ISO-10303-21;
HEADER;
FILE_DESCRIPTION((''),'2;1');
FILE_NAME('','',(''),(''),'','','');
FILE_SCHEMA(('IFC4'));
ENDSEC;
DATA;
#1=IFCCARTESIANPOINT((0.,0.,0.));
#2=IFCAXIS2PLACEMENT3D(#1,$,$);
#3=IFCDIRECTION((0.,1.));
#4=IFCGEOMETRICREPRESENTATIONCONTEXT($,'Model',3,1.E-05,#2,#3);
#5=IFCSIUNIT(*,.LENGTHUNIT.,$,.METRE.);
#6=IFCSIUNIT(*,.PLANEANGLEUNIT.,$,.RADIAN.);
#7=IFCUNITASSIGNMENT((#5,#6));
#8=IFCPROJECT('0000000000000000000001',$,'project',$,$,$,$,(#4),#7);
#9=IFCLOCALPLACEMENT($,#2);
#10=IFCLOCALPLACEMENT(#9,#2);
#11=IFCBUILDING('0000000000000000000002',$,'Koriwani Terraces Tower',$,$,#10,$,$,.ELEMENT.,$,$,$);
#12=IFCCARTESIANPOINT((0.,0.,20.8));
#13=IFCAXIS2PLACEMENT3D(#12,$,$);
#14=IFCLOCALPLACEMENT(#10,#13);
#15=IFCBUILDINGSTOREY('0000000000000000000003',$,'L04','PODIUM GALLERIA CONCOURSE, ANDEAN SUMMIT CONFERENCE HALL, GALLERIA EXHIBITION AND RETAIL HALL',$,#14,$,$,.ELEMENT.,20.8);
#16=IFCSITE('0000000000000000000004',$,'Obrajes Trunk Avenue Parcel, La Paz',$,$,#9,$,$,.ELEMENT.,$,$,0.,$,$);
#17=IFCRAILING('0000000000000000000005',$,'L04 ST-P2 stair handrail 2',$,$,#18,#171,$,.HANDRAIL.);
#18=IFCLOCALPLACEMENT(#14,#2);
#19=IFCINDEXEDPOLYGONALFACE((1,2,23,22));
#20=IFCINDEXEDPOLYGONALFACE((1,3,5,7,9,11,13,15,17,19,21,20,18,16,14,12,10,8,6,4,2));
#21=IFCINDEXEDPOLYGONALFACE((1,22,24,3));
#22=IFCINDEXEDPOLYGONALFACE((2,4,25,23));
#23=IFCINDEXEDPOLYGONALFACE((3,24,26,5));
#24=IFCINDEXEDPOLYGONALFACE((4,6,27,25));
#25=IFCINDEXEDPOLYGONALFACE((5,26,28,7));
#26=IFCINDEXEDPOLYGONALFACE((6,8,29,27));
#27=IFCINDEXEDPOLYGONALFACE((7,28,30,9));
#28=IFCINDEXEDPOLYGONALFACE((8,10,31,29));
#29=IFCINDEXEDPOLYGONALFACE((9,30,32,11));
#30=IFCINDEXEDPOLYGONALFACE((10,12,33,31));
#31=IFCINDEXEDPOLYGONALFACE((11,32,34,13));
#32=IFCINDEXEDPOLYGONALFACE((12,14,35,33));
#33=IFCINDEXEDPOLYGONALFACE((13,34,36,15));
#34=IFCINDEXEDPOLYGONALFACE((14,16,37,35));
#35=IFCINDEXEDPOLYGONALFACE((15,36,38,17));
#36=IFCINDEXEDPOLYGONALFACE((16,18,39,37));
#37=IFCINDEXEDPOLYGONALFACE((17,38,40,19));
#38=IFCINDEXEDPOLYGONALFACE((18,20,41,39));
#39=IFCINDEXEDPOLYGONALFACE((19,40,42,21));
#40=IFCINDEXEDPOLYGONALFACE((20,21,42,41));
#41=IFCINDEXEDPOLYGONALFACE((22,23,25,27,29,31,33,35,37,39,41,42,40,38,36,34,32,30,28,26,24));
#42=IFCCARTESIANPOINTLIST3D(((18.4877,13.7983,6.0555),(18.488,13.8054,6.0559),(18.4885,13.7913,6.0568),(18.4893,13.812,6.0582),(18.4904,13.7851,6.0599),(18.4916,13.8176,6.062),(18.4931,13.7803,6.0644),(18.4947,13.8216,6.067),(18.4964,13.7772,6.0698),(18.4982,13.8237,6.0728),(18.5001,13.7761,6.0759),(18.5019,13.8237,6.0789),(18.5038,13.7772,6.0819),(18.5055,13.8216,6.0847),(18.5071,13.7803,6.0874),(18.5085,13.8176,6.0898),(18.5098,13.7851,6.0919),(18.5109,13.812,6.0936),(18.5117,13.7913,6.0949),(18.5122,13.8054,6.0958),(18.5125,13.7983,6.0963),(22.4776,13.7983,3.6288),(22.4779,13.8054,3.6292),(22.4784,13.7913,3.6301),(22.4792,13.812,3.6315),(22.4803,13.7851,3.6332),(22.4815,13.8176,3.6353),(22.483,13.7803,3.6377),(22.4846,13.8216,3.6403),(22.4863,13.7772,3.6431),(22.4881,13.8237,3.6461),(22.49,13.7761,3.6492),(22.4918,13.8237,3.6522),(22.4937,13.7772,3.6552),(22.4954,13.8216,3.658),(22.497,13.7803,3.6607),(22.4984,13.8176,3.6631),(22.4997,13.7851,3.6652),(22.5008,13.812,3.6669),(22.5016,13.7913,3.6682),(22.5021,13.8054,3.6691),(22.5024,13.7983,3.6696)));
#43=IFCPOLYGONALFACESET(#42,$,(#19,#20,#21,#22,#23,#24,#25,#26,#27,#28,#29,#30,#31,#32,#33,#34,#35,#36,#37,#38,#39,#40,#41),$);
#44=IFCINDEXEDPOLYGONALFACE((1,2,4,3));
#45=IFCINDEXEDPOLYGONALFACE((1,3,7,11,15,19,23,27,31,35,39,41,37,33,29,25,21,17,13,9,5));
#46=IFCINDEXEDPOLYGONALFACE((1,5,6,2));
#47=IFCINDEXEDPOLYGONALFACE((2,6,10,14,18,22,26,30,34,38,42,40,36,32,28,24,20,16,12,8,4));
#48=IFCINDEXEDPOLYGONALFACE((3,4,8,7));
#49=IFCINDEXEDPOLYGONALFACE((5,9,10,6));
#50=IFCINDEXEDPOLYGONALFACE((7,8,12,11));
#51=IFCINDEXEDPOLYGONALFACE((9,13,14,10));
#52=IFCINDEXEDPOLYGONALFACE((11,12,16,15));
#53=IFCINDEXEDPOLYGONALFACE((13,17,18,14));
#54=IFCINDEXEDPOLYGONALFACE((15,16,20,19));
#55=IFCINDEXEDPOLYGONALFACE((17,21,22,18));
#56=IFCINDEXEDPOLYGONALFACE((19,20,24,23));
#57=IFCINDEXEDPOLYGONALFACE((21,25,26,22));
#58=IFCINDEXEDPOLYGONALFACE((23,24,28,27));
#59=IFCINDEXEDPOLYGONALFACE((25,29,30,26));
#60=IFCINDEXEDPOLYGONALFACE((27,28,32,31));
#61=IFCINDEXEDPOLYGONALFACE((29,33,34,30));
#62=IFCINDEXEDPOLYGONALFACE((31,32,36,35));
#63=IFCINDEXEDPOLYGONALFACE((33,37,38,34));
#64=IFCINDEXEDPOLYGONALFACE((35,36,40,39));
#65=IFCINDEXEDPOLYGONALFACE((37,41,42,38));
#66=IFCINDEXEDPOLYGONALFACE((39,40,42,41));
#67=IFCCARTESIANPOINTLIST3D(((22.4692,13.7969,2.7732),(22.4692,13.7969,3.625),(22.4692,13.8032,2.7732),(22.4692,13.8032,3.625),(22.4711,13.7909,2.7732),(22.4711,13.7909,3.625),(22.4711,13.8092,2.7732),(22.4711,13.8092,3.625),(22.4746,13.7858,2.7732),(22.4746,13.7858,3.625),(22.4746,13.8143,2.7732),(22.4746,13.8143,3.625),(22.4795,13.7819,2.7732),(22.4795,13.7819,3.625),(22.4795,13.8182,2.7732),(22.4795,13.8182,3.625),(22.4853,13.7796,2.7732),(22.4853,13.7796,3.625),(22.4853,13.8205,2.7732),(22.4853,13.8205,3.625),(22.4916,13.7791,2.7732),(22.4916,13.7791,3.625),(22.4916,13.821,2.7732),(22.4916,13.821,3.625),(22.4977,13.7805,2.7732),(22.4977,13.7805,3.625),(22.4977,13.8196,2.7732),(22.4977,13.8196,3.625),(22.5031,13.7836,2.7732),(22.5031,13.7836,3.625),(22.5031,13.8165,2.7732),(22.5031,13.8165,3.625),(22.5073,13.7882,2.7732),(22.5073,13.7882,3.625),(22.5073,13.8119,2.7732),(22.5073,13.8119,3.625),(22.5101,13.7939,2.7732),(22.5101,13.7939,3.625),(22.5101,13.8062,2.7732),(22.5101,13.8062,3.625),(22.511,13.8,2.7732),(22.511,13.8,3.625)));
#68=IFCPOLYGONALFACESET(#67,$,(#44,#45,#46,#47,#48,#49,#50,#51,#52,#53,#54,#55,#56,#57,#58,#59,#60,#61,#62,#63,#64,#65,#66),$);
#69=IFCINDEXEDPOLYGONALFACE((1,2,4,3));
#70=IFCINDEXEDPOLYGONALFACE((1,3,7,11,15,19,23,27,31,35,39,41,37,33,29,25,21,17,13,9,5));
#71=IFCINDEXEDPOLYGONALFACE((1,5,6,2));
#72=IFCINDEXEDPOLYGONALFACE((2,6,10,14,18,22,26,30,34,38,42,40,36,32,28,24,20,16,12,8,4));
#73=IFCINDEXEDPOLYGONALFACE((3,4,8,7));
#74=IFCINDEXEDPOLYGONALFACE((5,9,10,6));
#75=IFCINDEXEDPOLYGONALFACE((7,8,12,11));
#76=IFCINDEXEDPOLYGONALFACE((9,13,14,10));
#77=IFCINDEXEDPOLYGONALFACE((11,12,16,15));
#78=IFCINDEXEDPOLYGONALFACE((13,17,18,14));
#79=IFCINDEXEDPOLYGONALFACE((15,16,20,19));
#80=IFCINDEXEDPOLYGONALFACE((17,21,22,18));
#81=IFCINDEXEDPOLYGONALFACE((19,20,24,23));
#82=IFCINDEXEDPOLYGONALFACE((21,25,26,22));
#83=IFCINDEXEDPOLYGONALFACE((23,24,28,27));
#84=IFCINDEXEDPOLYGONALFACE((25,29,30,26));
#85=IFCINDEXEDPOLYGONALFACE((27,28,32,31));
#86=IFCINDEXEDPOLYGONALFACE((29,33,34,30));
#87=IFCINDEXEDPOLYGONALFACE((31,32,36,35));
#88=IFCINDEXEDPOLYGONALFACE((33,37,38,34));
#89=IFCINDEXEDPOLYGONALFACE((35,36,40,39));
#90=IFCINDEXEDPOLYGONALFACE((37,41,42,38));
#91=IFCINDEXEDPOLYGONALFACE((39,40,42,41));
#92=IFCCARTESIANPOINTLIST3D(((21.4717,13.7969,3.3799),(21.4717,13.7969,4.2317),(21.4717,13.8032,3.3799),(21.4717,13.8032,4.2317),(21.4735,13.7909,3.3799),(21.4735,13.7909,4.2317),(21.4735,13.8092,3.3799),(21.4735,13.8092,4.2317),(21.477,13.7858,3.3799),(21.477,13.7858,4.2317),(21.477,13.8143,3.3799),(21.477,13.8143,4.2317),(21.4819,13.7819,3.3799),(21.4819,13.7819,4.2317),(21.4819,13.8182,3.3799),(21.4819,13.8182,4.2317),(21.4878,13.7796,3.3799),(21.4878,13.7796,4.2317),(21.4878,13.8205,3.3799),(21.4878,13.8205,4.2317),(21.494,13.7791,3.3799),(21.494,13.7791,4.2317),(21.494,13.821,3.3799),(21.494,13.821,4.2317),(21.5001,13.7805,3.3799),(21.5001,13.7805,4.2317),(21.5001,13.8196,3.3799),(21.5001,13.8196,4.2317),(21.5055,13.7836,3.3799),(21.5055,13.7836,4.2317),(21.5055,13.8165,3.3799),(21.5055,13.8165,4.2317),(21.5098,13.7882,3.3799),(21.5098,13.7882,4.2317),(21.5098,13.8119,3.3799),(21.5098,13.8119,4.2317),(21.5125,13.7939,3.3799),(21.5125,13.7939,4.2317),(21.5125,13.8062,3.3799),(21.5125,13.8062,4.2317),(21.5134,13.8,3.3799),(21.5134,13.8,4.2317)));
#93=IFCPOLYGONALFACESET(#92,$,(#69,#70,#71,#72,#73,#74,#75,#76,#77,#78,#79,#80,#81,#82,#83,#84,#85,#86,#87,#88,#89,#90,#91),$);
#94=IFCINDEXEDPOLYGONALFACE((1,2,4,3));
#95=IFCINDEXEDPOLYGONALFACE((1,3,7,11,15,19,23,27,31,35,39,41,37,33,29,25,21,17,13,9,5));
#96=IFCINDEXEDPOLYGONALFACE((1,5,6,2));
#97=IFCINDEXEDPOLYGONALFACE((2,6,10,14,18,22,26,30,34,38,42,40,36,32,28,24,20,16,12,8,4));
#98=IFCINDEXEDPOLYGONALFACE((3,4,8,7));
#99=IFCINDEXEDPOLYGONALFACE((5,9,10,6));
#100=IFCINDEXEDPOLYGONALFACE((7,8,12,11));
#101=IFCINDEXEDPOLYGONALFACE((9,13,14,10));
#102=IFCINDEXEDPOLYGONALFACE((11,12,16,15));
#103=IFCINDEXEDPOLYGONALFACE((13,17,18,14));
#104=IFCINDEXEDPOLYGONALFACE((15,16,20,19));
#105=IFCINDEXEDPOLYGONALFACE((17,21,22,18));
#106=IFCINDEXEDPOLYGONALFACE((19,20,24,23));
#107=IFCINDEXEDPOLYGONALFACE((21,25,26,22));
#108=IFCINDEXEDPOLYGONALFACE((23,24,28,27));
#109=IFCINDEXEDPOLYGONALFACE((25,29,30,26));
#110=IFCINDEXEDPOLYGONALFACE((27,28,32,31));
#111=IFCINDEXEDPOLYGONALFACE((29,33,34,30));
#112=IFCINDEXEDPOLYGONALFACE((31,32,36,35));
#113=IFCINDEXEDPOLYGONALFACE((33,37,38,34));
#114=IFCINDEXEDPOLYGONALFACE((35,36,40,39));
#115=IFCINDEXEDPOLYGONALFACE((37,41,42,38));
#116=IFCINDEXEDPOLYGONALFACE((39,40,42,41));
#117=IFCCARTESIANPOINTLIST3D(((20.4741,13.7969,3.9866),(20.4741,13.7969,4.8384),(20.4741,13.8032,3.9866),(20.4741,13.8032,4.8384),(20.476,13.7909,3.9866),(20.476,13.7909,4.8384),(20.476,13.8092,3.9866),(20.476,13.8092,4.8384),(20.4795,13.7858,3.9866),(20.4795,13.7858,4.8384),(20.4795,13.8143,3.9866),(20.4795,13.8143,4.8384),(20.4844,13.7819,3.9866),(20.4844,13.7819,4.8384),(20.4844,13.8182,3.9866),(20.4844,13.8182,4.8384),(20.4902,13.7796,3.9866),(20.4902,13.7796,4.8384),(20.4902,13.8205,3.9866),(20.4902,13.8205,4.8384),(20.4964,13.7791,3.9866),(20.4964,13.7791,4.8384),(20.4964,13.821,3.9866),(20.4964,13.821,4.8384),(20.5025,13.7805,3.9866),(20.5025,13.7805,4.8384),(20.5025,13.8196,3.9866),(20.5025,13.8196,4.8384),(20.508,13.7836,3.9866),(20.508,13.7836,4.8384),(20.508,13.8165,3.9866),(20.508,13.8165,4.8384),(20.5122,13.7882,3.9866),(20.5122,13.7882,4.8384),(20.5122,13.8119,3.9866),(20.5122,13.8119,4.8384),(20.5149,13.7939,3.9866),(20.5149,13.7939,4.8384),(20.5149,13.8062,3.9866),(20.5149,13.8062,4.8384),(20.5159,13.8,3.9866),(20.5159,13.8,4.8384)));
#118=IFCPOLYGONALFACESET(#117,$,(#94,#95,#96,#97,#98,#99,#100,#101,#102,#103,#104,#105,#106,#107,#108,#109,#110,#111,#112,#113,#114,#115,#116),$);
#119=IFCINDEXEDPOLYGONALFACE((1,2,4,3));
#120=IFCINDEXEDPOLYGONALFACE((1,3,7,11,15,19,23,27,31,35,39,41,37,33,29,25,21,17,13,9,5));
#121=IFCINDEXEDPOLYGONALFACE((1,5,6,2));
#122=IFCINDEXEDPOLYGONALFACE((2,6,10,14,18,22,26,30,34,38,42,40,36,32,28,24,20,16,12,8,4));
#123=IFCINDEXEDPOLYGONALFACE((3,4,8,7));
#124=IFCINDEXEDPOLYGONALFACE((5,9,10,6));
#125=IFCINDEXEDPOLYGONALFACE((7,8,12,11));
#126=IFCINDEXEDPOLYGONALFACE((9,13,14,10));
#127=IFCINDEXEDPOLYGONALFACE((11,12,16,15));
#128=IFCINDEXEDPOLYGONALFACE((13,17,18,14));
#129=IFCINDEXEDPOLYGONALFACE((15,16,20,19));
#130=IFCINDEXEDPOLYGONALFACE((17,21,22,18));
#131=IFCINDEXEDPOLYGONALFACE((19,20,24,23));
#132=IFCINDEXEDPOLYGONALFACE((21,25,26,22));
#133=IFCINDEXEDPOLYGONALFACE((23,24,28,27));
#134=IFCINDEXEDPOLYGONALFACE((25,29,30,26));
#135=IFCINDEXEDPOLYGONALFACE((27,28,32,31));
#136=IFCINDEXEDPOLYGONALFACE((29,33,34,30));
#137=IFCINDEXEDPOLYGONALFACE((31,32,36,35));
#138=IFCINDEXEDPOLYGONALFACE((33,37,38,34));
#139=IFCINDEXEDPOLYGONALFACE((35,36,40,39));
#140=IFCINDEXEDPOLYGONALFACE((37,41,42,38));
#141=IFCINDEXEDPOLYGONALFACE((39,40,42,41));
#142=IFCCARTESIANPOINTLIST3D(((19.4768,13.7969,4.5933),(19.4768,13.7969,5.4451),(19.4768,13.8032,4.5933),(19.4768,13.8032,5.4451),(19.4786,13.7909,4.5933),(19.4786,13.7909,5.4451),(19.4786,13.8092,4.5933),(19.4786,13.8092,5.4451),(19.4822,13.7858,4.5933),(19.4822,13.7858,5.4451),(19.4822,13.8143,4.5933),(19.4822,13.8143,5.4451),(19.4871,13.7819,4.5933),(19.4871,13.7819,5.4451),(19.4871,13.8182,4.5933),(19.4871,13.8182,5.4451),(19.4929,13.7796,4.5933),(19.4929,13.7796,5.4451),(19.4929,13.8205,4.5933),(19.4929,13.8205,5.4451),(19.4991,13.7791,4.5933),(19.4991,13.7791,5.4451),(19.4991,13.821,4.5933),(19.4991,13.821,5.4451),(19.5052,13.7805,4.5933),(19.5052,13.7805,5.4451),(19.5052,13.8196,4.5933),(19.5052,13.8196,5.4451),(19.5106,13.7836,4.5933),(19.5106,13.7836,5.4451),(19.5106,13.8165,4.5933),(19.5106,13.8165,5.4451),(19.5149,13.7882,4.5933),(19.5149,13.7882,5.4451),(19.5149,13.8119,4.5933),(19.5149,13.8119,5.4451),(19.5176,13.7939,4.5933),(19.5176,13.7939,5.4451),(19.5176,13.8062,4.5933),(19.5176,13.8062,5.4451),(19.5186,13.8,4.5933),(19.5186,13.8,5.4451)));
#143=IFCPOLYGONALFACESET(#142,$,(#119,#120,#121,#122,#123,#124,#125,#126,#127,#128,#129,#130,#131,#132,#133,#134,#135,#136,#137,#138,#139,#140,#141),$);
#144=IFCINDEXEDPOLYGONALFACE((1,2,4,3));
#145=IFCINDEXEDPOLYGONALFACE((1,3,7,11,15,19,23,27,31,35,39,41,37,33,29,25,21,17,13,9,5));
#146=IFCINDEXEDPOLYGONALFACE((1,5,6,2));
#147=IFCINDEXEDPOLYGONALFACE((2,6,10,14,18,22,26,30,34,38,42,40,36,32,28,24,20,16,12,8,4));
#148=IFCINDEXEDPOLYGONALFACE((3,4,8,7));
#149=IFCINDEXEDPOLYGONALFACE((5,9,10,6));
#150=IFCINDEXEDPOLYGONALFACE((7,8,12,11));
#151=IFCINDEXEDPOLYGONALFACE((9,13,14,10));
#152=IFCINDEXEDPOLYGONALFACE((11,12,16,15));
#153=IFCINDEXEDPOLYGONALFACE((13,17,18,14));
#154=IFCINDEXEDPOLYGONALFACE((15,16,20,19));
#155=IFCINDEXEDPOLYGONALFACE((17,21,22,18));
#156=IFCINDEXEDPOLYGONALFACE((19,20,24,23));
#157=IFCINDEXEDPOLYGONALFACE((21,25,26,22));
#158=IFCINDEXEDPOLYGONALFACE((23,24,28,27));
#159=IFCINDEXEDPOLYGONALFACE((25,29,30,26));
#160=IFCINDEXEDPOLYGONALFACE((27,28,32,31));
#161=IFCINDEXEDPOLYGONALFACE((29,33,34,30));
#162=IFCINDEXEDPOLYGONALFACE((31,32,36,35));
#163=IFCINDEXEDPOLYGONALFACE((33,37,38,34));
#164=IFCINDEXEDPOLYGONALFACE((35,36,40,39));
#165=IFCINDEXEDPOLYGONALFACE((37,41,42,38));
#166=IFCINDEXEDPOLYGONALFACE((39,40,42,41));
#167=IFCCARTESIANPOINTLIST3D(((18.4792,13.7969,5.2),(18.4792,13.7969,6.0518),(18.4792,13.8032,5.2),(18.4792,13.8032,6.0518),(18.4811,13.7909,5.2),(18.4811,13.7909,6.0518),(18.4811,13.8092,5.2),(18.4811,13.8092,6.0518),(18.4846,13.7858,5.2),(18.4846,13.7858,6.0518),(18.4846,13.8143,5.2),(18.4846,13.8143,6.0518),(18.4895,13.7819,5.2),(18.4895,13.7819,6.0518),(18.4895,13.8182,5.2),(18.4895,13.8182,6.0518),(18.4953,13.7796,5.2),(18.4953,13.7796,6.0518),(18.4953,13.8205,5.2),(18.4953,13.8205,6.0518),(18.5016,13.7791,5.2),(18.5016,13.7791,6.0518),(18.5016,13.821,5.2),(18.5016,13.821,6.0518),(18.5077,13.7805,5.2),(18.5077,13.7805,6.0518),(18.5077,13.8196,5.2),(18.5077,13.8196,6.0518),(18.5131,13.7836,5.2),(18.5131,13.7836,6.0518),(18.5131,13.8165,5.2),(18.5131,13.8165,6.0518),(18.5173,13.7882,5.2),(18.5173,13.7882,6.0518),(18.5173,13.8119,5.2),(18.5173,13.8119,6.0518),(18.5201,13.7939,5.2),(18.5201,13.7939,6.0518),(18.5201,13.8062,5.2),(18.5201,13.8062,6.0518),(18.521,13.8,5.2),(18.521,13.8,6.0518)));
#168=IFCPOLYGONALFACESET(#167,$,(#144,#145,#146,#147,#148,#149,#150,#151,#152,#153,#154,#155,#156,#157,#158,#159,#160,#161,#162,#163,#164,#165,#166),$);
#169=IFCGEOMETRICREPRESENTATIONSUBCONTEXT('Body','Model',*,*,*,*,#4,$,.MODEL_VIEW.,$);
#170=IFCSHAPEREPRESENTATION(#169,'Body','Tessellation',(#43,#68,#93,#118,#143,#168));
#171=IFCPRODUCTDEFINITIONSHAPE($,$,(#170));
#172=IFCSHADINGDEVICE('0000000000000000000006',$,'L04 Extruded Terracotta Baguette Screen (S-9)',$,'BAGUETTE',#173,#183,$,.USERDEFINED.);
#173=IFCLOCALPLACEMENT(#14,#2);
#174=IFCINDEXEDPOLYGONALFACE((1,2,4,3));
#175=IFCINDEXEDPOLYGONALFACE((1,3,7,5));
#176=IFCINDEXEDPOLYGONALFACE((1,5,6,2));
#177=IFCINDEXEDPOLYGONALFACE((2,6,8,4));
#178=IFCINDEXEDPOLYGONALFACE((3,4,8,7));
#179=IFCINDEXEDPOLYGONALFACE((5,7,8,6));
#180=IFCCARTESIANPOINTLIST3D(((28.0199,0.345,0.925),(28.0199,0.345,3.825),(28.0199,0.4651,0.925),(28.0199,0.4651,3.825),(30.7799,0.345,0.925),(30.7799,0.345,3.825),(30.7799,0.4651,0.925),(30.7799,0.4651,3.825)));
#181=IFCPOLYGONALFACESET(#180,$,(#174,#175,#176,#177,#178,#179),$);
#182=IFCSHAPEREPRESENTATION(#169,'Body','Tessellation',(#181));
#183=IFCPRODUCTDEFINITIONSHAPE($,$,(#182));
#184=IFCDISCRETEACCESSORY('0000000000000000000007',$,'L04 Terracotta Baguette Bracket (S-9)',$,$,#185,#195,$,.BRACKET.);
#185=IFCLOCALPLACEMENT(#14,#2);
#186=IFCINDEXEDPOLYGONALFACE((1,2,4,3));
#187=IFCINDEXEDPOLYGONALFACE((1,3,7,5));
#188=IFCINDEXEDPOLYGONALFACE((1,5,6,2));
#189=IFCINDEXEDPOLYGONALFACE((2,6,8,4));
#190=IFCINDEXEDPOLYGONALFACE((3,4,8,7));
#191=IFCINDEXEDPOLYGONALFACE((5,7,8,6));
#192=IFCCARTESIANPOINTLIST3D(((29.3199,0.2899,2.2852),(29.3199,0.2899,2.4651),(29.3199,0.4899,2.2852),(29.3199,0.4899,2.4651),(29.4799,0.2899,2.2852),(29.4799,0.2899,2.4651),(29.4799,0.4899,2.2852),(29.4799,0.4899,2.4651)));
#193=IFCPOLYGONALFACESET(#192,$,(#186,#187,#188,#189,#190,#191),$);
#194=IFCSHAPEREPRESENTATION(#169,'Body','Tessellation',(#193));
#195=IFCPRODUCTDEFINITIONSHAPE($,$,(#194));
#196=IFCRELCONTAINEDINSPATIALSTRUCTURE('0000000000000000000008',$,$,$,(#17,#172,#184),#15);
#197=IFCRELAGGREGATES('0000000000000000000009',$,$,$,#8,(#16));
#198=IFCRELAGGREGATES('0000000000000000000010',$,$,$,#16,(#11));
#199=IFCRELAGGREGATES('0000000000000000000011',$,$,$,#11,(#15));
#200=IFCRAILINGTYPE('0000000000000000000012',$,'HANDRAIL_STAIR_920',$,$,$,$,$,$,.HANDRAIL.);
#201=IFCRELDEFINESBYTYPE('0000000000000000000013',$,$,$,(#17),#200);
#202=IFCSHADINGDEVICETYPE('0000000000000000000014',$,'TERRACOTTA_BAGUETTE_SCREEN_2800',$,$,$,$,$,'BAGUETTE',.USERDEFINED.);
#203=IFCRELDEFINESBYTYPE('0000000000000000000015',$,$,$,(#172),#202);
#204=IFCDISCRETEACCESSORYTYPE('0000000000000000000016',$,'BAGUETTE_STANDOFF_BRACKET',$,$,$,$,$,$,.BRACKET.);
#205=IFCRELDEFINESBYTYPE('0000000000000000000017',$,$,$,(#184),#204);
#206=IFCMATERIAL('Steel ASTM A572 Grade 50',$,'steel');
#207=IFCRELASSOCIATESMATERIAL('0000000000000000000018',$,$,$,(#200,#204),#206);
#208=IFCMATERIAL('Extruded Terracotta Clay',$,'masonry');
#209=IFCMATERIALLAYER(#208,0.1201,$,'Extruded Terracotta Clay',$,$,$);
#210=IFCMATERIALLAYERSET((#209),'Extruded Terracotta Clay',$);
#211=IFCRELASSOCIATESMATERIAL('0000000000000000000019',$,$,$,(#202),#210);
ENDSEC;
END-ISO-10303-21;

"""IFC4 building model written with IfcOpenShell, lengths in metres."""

from ifc_helpers import new_model, si_unit, direction, frame, origin, origin_2d, place, context, subcontext, project, spatial, rectangle, circle, extrude, material, layer, layer_set, type_object, element, save


model = new_model("IFC4")

# Units and contexts
model_context = context("Model", 3, precision=1e-05, world=origin(), true_north=direction((0.0, 1.0)))
body_context = subcontext(model_context, "Body", "Model", "MODEL_VIEW")
ifc_project = project(units=[si_unit("LENGTHUNIT", "METRE"), si_unit("PLANEANGLEUNIT", "RADIAN")], contexts=[model_context])

# Site, building, storey
site_placement = place(None, origin())
site = spatial("IfcSite", under=ifc_project, at=site_placement, Name="Obrajes Trunk Avenue Parcel, La Paz", CompositionType="ELEMENT", RefElevation=0.0)
building_placement = place(site_placement, origin())
building = spatial("IfcBuilding", under=site, at=building_placement, Name="Koriwani Terraces Tower", CompositionType="ELEMENT")
storey_placement = place(building_placement, frame((0.0, 0.0, 20.8)))
storey = spatial("IfcBuildingStorey", under=building, at=storey_placement, Name="L04", Description="PODIUM GALLERIA CONCOURSE, ANDEAN SUMMIT CONFERENCE HALL, GALLERIA EXHIBITION AND RETAIL HALL", CompositionType="ELEMENT", Elevation=20.8)

# Shared definitions
ifc_material_1 = material(Name="Steel ASTM A572 Grade 50", Category="steel")

# Railing
railing_type_1 = type_object("IfcRailingType", Name="HANDRAIL_STAIR_920", PredefinedType="HANDRAIL", material=ifc_material_1)
railing_1_placement = place(storey_placement, frame((22.49, 13.8, 2.7732)))
element("IfcRailing", 1, at=railing_1_placement, inside=storey, type_object=railing_type_1, Name="L04 ST-P2 stair handrail 2", PredefinedType="HANDRAIL", context=body_context, shape_type="SweptSolid", body=[
    extrude(circle(Radius=0.0239, at=origin_2d()), frame((0.0, 0.0, 0.876), z_axis=(-0.854382, 0.0, 0.519645), x_axis=(0.0, -1.0, 0.0)), (0.0, 0.0, 1.0), 4.6699),
    extrude(circle(Radius=0.021, at=origin_2d()), origin(), (0.0, 0.0, 1.0), 0.8518),
    extrude(circle(Radius=0.021, at=origin_2d()), frame((-0.9976, 0.0, 0.6067)), (0.0, 0.0, 1.0), 0.8518),
    extrude(circle(Radius=0.021, at=origin_2d()), frame((-1.9951, 0.0, 1.2134)), (0.0, 0.0, 1.0), 0.8518),
    extrude(circle(Radius=0.021, at=origin_2d()), frame((-2.9924, 0.0, 1.8201)), (0.0, 0.0, 1.0), 0.8518),
    extrude(circle(Radius=0.021, at=origin_2d()), frame((-3.99, 0.0, 2.4268)), (0.0, 0.0, 1.0), 0.8518),
])

# Shading device
ifc_material_2 = material(Name="Extruded Terracotta Clay", Category="masonry")
ifc_layer_1 = layer(ifc_material_2, 0.1201, Name="Extruded Terracotta Clay")
ifc_layer_set_1 = layer_set([ifc_layer_1], Name="Extruded Terracotta Clay")
shading_device_type = type_object("IfcShadingDeviceType", Name="TERRACOTTA_BAGUETTE_SCREEN_2800", ElementType="BAGUETTE", PredefinedType="USERDEFINED", material=ifc_layer_set_1)
shading_device_placement = place(storey_placement, frame((29.3999, 0.405, 0.925), z_axis=(0.0, 0.0, 1.0), x_axis=(-1.0, 0.0, 0.0)))
element("IfcShadingDevice", 2, at=shading_device_placement, inside=storey, type_object=shading_device_type, Name="L04 Extruded Terracotta Baguette Screen (S-9)", ObjectType="BAGUETTE", PredefinedType="USERDEFINED", context=body_context, shape_type="SweptSolid", body=[
    extrude(rectangle(XDim=2.76, YDim=0.1201, at=origin_2d()), origin(), (0.0, 0.0, 1.0), 2.8999),
])

# Discrete accessory
discrete_accessory_type = type_object("IfcDiscreteAccessoryType", Name="BAGUETTE_STANDOFF_BRACKET", PredefinedType="BRACKET", material=ifc_material_1)
discrete_accessory_placement = place(storey_placement, frame((29.3999, 0.3899, 2.2852), z_axis=(0.0, 0.0, 1.0), x_axis=(-1.0, 0.0, 0.0)))
element("IfcDiscreteAccessory", 3, at=discrete_accessory_placement, inside=storey, type_object=discrete_accessory_type, Name="L04 Terracotta Baguette Bracket (S-9)", PredefinedType="BRACKET", context=body_context, shape_type="SweptSolid", body=[
    extrude(rectangle(XDim=0.1599, YDim=0.2, at=origin_2d()), origin(), (0.0, 0.0, 1.0), 0.1799),
])

save(model, "model.ifc")
